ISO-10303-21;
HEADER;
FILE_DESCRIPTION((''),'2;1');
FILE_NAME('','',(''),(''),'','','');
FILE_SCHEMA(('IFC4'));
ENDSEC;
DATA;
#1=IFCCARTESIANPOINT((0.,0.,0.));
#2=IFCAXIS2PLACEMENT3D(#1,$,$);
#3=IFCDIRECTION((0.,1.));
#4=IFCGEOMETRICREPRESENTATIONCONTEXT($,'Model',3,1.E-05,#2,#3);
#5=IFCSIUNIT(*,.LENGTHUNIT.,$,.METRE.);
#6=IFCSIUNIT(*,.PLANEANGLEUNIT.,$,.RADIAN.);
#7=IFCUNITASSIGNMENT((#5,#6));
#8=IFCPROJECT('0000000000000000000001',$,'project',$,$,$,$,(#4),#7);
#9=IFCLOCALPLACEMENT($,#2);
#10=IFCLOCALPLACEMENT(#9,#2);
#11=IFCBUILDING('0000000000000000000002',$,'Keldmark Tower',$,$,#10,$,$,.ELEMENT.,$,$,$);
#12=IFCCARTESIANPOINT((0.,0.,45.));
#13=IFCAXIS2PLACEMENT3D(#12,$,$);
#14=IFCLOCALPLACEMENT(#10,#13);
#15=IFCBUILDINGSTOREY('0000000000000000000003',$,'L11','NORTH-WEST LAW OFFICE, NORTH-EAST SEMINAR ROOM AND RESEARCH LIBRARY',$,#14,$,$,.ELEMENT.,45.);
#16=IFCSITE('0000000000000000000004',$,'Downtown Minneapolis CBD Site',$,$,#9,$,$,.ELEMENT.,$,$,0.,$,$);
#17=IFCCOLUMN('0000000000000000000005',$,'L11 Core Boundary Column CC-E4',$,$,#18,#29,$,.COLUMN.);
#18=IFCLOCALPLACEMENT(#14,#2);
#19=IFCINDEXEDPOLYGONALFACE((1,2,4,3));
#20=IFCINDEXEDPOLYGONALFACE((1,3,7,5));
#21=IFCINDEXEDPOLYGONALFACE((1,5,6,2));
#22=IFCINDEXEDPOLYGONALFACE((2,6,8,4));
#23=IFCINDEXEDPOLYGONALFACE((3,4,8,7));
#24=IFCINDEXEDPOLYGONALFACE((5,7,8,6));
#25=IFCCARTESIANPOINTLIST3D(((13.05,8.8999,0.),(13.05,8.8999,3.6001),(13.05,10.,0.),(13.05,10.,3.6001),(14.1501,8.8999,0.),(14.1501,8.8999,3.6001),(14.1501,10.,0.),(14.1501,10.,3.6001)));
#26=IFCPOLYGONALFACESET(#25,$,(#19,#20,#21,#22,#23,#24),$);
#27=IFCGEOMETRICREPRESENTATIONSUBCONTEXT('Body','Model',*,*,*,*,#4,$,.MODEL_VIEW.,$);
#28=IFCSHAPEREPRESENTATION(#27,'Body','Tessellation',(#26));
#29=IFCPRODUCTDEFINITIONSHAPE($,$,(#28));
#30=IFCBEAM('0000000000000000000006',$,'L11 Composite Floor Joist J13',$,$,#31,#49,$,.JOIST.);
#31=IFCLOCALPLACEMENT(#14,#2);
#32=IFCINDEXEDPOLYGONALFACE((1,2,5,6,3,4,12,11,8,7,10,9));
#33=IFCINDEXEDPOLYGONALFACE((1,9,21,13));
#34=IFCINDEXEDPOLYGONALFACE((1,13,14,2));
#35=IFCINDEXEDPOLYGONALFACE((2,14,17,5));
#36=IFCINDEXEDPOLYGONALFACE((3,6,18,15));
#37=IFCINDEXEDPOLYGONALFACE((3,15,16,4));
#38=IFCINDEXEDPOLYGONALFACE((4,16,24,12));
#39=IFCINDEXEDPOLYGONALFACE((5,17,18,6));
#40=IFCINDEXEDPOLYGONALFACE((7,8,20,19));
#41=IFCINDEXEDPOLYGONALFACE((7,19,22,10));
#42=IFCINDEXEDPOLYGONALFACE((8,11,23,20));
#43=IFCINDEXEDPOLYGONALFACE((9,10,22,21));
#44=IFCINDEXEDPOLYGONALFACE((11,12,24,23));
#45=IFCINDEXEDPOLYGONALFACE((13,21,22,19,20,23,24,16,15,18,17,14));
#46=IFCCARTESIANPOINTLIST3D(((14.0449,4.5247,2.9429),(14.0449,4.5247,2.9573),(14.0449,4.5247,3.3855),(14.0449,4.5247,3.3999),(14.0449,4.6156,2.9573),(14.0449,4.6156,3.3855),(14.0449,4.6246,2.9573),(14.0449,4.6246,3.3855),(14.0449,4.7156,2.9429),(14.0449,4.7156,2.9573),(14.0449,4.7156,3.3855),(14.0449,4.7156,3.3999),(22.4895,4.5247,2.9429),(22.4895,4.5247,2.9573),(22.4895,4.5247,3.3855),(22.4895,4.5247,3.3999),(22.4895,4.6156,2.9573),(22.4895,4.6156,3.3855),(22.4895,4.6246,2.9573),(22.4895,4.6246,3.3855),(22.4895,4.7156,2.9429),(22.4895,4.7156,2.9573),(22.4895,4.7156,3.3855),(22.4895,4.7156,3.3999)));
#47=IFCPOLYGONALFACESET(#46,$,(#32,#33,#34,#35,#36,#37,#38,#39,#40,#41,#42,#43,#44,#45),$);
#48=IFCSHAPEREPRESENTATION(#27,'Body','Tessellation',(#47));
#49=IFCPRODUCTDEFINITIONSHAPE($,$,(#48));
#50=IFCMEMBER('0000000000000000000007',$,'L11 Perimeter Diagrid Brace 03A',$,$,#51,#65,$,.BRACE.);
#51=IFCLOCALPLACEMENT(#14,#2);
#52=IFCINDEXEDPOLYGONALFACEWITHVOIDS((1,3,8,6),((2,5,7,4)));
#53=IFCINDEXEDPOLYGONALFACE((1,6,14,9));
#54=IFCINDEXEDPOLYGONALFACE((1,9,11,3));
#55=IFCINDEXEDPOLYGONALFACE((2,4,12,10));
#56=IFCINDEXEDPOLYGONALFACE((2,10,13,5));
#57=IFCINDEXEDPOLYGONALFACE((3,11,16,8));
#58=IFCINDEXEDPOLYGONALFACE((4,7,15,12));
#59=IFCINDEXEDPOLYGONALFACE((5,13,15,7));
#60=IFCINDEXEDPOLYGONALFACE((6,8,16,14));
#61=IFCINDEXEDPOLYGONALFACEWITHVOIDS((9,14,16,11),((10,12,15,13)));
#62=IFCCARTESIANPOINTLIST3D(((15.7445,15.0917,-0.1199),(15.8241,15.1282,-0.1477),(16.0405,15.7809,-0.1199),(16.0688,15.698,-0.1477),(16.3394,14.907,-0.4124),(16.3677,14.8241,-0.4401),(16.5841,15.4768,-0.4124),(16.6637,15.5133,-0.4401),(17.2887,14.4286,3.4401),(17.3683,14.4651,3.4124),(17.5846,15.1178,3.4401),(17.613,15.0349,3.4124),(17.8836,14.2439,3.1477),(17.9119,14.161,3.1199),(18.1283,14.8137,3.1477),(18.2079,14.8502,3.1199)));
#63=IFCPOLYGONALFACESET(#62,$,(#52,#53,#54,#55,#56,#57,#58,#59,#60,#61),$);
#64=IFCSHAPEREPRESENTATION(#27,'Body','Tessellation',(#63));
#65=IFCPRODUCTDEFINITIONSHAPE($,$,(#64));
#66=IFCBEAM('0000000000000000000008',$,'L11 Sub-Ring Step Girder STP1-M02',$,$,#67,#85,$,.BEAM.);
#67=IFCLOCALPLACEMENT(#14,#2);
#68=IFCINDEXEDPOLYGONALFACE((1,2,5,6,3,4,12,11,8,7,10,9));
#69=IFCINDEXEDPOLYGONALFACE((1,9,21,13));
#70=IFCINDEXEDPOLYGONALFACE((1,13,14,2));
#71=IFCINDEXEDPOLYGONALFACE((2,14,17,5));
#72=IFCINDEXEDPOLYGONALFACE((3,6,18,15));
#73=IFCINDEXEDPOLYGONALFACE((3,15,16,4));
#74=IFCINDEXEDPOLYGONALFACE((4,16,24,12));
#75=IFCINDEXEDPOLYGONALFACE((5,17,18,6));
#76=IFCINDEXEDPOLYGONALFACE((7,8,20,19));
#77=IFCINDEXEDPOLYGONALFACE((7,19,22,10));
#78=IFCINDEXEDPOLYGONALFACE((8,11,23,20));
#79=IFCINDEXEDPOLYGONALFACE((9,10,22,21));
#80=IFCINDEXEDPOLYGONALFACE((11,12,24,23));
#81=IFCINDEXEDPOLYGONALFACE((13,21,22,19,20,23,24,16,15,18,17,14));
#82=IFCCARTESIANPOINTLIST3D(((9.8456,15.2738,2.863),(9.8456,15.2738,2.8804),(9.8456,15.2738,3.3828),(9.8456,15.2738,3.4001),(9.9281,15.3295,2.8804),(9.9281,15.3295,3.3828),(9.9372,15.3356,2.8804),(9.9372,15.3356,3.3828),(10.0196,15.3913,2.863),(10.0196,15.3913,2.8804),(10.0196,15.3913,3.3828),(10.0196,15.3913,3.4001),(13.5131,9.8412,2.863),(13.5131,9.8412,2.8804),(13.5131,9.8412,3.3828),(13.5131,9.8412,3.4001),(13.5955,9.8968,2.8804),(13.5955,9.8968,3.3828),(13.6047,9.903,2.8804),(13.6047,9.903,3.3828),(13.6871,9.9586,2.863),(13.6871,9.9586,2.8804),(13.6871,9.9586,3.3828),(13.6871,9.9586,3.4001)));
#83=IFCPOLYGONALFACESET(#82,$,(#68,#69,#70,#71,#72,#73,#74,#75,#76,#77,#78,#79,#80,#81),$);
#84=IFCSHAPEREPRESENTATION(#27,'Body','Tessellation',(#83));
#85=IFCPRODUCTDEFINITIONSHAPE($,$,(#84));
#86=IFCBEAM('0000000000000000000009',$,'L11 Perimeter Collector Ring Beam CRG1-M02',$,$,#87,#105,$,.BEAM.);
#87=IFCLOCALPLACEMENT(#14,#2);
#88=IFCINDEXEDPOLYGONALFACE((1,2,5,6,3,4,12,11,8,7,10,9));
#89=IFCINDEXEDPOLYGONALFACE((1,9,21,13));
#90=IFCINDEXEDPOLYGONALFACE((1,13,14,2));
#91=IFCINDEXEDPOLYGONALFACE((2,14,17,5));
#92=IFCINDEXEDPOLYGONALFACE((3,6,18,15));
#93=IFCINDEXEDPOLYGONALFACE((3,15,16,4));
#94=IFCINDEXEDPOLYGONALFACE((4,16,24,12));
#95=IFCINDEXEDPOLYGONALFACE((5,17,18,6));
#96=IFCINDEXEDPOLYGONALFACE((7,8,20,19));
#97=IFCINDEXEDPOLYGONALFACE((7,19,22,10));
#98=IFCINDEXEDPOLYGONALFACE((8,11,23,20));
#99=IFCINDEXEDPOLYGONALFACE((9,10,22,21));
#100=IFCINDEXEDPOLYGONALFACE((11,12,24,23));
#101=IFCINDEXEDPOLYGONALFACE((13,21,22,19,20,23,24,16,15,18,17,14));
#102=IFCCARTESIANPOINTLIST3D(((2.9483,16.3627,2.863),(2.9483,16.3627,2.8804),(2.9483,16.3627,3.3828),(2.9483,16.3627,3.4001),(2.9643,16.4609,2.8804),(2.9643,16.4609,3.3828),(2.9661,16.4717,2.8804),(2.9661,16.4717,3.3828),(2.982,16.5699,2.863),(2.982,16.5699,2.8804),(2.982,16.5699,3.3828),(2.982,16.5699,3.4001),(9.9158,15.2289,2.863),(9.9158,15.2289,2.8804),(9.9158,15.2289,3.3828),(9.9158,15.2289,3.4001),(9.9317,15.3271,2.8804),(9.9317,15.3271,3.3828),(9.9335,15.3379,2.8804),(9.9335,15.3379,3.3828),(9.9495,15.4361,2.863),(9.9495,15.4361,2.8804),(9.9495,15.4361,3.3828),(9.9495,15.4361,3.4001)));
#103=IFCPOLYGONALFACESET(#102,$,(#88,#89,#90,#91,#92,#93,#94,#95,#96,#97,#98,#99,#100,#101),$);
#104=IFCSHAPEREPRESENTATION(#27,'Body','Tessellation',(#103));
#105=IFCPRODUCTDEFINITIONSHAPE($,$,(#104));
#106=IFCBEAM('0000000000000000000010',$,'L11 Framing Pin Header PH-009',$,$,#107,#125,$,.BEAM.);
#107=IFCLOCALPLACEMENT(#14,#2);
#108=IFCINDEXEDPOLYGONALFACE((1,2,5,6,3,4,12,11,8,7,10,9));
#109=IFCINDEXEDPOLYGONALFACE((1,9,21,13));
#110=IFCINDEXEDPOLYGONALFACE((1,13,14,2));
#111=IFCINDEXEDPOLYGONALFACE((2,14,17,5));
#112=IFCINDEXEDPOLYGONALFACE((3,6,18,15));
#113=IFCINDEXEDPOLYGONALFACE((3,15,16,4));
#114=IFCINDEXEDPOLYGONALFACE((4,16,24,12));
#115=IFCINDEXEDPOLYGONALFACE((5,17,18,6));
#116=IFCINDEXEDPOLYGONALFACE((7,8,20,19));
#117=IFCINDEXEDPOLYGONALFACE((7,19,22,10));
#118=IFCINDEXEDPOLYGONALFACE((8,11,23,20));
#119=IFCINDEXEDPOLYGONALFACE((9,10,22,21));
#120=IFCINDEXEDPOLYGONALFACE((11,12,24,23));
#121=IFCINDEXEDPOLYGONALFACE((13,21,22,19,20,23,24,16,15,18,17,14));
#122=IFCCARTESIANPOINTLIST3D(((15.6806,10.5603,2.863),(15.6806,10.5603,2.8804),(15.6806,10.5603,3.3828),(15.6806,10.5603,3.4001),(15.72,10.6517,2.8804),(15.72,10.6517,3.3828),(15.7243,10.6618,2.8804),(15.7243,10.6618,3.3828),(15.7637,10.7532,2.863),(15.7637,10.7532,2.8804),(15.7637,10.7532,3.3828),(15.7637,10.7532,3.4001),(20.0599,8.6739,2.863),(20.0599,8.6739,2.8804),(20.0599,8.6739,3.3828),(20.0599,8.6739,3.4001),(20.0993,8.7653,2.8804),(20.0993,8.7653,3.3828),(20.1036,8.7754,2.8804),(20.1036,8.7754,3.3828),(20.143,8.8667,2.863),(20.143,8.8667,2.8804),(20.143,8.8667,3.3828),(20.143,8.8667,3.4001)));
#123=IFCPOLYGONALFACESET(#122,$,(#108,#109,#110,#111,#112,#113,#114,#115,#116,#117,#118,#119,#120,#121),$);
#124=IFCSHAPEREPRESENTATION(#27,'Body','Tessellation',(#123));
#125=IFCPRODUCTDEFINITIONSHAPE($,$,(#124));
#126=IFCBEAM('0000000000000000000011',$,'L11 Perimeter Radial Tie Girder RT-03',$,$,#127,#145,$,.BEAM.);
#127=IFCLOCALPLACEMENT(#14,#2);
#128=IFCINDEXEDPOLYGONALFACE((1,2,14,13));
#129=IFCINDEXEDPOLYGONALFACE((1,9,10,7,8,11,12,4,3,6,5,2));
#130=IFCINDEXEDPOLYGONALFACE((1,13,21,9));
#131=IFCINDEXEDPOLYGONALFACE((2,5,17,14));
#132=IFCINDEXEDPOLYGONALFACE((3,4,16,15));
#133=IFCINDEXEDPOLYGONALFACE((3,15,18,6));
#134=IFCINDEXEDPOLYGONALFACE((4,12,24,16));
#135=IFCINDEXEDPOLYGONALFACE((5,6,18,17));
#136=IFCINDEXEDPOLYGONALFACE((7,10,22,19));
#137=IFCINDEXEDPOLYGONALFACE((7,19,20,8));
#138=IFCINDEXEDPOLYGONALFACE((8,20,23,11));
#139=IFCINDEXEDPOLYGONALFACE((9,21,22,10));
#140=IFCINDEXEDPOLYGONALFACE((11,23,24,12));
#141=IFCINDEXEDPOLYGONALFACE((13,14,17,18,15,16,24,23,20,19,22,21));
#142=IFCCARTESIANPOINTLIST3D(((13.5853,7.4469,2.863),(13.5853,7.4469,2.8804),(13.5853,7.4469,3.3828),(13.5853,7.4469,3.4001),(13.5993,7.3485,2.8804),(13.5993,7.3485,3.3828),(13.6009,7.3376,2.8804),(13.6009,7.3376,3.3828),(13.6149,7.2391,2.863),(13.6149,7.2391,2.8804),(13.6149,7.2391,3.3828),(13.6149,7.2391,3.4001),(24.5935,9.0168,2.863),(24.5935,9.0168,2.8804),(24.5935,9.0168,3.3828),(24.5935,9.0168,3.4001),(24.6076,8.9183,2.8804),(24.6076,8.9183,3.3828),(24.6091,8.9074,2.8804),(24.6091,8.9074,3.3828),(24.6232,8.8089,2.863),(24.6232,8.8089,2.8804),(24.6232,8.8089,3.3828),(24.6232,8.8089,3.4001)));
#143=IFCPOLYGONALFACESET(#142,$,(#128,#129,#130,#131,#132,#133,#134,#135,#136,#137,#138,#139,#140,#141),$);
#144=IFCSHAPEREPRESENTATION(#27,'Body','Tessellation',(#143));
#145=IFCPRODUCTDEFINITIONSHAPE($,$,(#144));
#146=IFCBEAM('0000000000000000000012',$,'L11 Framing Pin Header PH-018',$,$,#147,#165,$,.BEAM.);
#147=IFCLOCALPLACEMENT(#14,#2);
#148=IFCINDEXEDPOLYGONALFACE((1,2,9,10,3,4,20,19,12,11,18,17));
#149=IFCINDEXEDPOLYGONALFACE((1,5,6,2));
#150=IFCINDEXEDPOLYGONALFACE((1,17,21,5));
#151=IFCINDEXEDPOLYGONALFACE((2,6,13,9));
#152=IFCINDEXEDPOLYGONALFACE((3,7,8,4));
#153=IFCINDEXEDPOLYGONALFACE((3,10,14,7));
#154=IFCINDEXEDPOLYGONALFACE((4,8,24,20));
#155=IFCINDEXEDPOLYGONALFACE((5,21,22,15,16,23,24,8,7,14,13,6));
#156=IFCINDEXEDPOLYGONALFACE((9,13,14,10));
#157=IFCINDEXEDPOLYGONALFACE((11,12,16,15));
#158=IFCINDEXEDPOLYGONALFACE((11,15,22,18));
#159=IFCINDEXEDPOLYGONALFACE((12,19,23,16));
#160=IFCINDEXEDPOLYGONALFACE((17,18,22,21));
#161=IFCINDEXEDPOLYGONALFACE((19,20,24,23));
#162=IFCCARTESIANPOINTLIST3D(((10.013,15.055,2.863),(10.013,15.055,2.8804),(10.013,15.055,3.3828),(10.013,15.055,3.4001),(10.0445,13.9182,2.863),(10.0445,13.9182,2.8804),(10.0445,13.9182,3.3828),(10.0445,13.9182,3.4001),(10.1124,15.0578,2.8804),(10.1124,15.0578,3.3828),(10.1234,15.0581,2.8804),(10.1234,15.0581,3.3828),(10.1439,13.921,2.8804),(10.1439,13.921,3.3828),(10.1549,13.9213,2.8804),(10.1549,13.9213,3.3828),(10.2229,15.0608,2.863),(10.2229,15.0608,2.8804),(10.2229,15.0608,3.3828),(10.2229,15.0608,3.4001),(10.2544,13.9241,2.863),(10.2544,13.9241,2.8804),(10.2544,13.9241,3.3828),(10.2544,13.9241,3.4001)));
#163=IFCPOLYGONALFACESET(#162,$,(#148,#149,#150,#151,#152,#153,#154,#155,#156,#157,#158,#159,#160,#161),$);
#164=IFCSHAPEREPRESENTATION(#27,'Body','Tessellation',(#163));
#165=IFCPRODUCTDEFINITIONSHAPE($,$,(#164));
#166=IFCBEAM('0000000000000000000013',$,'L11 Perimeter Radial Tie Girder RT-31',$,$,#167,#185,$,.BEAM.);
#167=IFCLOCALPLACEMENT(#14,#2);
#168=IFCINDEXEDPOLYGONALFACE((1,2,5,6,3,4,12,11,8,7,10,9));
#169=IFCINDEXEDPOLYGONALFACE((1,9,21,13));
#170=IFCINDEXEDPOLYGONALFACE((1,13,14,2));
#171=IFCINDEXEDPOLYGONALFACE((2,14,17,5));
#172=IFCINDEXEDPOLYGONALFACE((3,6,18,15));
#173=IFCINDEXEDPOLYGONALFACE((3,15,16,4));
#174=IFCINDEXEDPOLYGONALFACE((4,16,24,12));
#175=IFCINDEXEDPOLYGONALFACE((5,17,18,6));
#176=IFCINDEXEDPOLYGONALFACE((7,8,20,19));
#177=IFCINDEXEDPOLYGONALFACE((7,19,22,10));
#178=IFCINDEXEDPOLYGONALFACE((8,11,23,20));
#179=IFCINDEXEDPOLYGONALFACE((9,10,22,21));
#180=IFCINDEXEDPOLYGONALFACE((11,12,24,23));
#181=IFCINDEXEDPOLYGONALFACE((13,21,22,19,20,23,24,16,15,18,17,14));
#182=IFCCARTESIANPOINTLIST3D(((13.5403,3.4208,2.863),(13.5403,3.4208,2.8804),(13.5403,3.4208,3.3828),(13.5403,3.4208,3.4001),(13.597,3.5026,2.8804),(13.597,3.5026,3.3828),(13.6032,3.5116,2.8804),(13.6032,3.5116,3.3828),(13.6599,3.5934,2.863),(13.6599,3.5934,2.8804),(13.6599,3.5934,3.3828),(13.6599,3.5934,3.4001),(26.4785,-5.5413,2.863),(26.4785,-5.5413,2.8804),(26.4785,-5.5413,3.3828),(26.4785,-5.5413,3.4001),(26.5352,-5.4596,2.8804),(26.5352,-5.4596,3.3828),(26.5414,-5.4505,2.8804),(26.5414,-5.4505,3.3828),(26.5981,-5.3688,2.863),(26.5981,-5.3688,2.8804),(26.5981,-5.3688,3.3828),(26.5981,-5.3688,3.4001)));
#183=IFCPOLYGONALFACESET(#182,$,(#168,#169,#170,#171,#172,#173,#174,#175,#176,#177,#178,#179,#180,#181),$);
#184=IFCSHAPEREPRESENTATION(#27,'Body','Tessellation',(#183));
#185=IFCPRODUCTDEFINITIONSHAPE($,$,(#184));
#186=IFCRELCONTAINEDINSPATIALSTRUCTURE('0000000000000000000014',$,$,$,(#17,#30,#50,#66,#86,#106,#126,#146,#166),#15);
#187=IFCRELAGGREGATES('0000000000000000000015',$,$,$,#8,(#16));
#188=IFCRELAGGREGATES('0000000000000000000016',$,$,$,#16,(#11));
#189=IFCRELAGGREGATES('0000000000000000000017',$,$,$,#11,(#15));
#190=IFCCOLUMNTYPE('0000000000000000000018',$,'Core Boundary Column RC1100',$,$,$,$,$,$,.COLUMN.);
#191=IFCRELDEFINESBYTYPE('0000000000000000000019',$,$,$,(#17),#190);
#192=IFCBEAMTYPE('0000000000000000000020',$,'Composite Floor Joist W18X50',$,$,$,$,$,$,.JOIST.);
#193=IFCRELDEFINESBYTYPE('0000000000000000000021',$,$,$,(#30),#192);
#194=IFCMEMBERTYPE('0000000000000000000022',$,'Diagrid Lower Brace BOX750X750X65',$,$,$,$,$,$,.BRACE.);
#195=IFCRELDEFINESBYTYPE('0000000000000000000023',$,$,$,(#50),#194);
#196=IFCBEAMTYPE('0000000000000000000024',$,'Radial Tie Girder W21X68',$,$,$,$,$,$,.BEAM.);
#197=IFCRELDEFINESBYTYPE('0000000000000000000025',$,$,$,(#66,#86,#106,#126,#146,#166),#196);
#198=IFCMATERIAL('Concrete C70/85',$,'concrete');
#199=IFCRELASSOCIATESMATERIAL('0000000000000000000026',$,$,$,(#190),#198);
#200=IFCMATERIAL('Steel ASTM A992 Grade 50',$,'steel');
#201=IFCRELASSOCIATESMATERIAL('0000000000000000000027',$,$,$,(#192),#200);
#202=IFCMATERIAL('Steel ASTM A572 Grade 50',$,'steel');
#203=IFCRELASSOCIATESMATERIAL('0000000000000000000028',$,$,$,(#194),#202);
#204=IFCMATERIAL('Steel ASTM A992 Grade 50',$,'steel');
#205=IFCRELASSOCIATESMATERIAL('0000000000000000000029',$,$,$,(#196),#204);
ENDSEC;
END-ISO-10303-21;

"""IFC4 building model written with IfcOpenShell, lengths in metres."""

from ifc_helpers import new_model, si_unit, direction, frame, origin, origin_2d, place, context, subcontext, project, spatial, rectangle, hollow_rectangle, i_section, extrude, material, material_profile, profile_set, type_object, element, save


model = new_model("IFC4")

# Units and contexts
model_context = context("Model", 3, precision=1e-05, world=origin(), true_north=direction((0.0, 1.0)))
body_context = subcontext(model_context, "Body", "Model", "MODEL_VIEW")
ifc_project = project(units=[si_unit("LENGTHUNIT", "METRE"), si_unit("PLANEANGLEUNIT", "RADIAN")], contexts=[model_context])

# Site, building, storey
site_placement = place(None, origin())
site = spatial("IfcSite", under=ifc_project, at=site_placement, Name="Downtown Minneapolis CBD Site", CompositionType="ELEMENT", RefElevation=0.0)
building_placement = place(site_placement, origin())
building = spatial("IfcBuilding", under=site, at=building_placement, Name="Keldmark Tower", CompositionType="ELEMENT")
storey_placement = place(building_placement, frame((0.0, 0.0, 45.0)))
storey = spatial("IfcBuildingStorey", under=building, at=storey_placement, Name="L11", Description="NORTH-WEST LAW OFFICE, NORTH-EAST SEMINAR ROOM AND RESEARCH LIBRARY", CompositionType="ELEMENT", Elevation=45.0)

# Column
ifc_material_1 = material(Name="Concrete C70/85", Category="concrete")
ifc_material_profile_1 = material_profile(ifc_material_1, rectangle(XDim=1.1001, YDim=1.1001, at=origin_2d()), Name="RC1100X1100")
ifc_profile_set_1 = profile_set([ifc_material_profile_1], Name="Concrete C70/85")
column_type = type_object("IfcColumnType", Name="Core Boundary Column RC1100", PredefinedType="COLUMN", material=ifc_profile_set_1)
column_placement = place(storey_placement, frame((13.6001, 9.45, 0.0), z_axis=(0.0, 0.0, 1.0), x_axis=(1.0, 0.0, 0.0)))
element("IfcColumn", 1, at=column_placement, inside=storey, type_object=column_type, Name="L11 Core Boundary Column CC-E4", PredefinedType="COLUMN", context=body_context, shape_type="SweptSolid", body=[
    extrude(rectangle(XDim=1.1001, YDim=1.1001, at=origin_2d()), origin(), (0.0, 0.0, 1.0), 3.6001),
])

# Beam
ifc_material_2 = material(Name="Steel ASTM A992 Grade 50", Category="steel")
ifc_material_profile_2 = material_profile(ifc_material_2, i_section(OverallWidth=0.1909, OverallDepth=0.457, WebThickness=0.009, FlangeThickness=0.0144, at=origin_2d()), Name="W18X50")
ifc_profile_set_2 = profile_set([ifc_material_profile_2], Name="Steel ASTM A992 Grade 50")
beam_type_1 = type_object("IfcBeamType", Name="Composite Floor Joist W18X50", PredefinedType="JOIST", material=ifc_profile_set_2)
beam_1_placement = place(storey_placement, frame((14.0449, 4.6201, 3.1714), z_axis=(1.0, 0.0, 0.0), x_axis=(0.0, 1.0, 0.0)))
element("IfcBeam", 2, at=beam_1_placement, inside=storey, type_object=beam_type_1, Name="L11 Composite Floor Joist J13", PredefinedType="JOIST", context=body_context, shape_type="SweptSolid", body=[
    extrude(i_section(OverallWidth=0.1909, OverallDepth=0.457, WebThickness=0.009, FlangeThickness=0.0144, at=origin_2d()), origin(), (0.0, 0.0, 1.0), 8.4446),
])

# Member
ifc_material_3 = material(Name="Steel ASTM A572 Grade 50", Category="steel")
ifc_material_profile_3 = material_profile(ifc_material_3, hollow_rectangle(XDim=0.75, YDim=0.75, WallThickness=0.0649, at=origin_2d()), Name="BOX750X750X65")
ifc_profile_set_3 = profile_set([ifc_material_profile_3], Name="Steel ASTM A572 Grade 50")
member_type = type_object("IfcMemberType", Name="Diagrid Lower Brace BOX750X750X65", PredefinedType="BRACE", material=ifc_profile_set_3)
member_placement = place(storey_placement, frame((16.2041, 15.3025, -0.28), z_axis=(0.392247, -0.168434, 0.904308), x_axis=(0.394568, 0.918867, 0.0)))
element("IfcMember", 3, at=member_placement, inside=storey, type_object=member_type, Name="L11 Perimeter Diagrid Brace 03A", PredefinedType="BRACE", context=body_context, shape_type="SweptSolid", body=[
    extrude(hollow_rectangle(XDim=0.75, YDim=0.75, WallThickness=0.0649, at=origin_2d()), origin(), (0.0, 0.0, 1.0), 3.9368),
])

# Beams
ifc_material_4 = material(Name="Steel ASTM A992 Grade 50", Category="steel")
ifc_material_profile_4 = material_profile(ifc_material_4, i_section(OverallWidth=0.21, OverallDepth=0.5371, WebThickness=0.011, FlangeThickness=0.0173, at=origin_2d()), Name="W21X68")
ifc_profile_set_4 = profile_set([ifc_material_profile_4], Name="Steel ASTM A992 Grade 50")
beam_type_2 = type_object("IfcBeamType", Name="Radial Tie Girder W21X68", PredefinedType="BEAM", material=ifc_profile_set_4)
beam_2_placement = place(storey_placement, frame((13.6001, 9.8999, 3.1316), z_axis=(-0.559521, 0.828816, 0.0), x_axis=(-0.828816, -0.559521, 0.0)))
element("IfcBeam", 4, at=beam_2_placement, inside=storey, type_object=beam_type_2, Name="L11 Sub-Ring Step Girder STP1-M02", PredefinedType="BEAM", context=body_context, shape_type="SweptSolid", body=[
    extrude(i_section(OverallWidth=0.21, OverallDepth=0.5371, WebThickness=0.011, FlangeThickness=0.0173, at=origin_2d()), origin(), (0.0, 0.0, 1.0), 6.5547),
])
beam_3_placement = place(storey_placement, frame((9.9326, 15.3325, 3.1316), z_axis=(-0.987018, 0.160612, 0.0), x_axis=(-0.160612, -0.987018, 0.0)))
element("IfcBeam", 5, at=beam_3_placement, inside=storey, type_object=beam_type_2, Name="L11 Perimeter Collector Ring Beam CRG1-M02", PredefinedType="BEAM", context=body_context, shape_type="SweptSolid", body=[
    extrude(i_section(OverallWidth=0.21, OverallDepth=0.5371, WebThickness=0.011, FlangeThickness=0.0173, at=origin_2d()), origin(), (0.0, 0.0, 1.0), 7.0591),
])
beam_4_placement = place(storey_placement, frame((15.7222, 10.6567, 3.1316), z_axis=(0.918415, -0.395618, 0.0), x_axis=(0.395618, 0.918415, 0.0)))
element("IfcBeam", 6, at=beam_4_placement, inside=storey, type_object=beam_type_2, Name="L11 Framing Pin Header PH-009", PredefinedType="BEAM", context=body_context, shape_type="SweptSolid", body=[
    extrude(i_section(OverallWidth=0.21, OverallDepth=0.5371, WebThickness=0.011, FlangeThickness=0.0173, at=origin_2d()), origin(), (0.0, 0.0, 1.0), 4.7683),
])
beam_5_placement = place(storey_placement, frame((13.6001, 7.343, 3.1316), z_axis=(0.989985, 0.141175, 0.0), x_axis=(-0.141175, 0.989985, 0.0)))
element("IfcBeam", 7, at=beam_5_placement, inside=storey, type_object=beam_type_2, Name="L11 Perimeter Radial Tie Girder RT-03", PredefinedType="BEAM", context=body_context, shape_type="SweptSolid", body=[
    extrude(i_section(OverallWidth=0.21, OverallDepth=0.5371, WebThickness=0.011, FlangeThickness=0.0173, at=origin_2d()), origin(), (0.0, 0.0, 1.0), 11.1196),
])
beam_6_placement = place(storey_placement, frame((10.1494, 13.9211, 3.1316), z_axis=(-0.027696, 0.999616, 0.0), x_axis=(-0.999616, -0.027696, 0.0)))
element("IfcBeam", 8, at=beam_6_placement, inside=storey, type_object=beam_type_2, Name="L11 Framing Pin Header PH-018", PredefinedType="BEAM", context=body_context, shape_type="SweptSolid", body=[
    extrude(i_section(OverallWidth=0.21, OverallDepth=0.5371, WebThickness=0.011, FlangeThickness=0.0173, at=origin_2d()), origin(), (0.0, 0.0, 1.0), 1.1372),
])
beam_7_placement = place(storey_placement, frame((13.6001, 3.5071, 3.1316), z_axis=(0.822046, -0.569421, 0.0), x_axis=(0.569421, 0.822046, 0.0)))
element("IfcBeam", 9, at=beam_7_placement, inside=storey, type_object=beam_type_2, Name="L11 Perimeter Radial Tie Girder RT-31", PredefinedType="BEAM", context=body_context, shape_type="SweptSolid", body=[
    extrude(i_section(OverallWidth=0.21, OverallDepth=0.5371, WebThickness=0.011, FlangeThickness=0.0173, at=origin_2d()), origin(), (0.0, 0.0, 1.0), 15.739),
])

save(model, "model.ifc")
